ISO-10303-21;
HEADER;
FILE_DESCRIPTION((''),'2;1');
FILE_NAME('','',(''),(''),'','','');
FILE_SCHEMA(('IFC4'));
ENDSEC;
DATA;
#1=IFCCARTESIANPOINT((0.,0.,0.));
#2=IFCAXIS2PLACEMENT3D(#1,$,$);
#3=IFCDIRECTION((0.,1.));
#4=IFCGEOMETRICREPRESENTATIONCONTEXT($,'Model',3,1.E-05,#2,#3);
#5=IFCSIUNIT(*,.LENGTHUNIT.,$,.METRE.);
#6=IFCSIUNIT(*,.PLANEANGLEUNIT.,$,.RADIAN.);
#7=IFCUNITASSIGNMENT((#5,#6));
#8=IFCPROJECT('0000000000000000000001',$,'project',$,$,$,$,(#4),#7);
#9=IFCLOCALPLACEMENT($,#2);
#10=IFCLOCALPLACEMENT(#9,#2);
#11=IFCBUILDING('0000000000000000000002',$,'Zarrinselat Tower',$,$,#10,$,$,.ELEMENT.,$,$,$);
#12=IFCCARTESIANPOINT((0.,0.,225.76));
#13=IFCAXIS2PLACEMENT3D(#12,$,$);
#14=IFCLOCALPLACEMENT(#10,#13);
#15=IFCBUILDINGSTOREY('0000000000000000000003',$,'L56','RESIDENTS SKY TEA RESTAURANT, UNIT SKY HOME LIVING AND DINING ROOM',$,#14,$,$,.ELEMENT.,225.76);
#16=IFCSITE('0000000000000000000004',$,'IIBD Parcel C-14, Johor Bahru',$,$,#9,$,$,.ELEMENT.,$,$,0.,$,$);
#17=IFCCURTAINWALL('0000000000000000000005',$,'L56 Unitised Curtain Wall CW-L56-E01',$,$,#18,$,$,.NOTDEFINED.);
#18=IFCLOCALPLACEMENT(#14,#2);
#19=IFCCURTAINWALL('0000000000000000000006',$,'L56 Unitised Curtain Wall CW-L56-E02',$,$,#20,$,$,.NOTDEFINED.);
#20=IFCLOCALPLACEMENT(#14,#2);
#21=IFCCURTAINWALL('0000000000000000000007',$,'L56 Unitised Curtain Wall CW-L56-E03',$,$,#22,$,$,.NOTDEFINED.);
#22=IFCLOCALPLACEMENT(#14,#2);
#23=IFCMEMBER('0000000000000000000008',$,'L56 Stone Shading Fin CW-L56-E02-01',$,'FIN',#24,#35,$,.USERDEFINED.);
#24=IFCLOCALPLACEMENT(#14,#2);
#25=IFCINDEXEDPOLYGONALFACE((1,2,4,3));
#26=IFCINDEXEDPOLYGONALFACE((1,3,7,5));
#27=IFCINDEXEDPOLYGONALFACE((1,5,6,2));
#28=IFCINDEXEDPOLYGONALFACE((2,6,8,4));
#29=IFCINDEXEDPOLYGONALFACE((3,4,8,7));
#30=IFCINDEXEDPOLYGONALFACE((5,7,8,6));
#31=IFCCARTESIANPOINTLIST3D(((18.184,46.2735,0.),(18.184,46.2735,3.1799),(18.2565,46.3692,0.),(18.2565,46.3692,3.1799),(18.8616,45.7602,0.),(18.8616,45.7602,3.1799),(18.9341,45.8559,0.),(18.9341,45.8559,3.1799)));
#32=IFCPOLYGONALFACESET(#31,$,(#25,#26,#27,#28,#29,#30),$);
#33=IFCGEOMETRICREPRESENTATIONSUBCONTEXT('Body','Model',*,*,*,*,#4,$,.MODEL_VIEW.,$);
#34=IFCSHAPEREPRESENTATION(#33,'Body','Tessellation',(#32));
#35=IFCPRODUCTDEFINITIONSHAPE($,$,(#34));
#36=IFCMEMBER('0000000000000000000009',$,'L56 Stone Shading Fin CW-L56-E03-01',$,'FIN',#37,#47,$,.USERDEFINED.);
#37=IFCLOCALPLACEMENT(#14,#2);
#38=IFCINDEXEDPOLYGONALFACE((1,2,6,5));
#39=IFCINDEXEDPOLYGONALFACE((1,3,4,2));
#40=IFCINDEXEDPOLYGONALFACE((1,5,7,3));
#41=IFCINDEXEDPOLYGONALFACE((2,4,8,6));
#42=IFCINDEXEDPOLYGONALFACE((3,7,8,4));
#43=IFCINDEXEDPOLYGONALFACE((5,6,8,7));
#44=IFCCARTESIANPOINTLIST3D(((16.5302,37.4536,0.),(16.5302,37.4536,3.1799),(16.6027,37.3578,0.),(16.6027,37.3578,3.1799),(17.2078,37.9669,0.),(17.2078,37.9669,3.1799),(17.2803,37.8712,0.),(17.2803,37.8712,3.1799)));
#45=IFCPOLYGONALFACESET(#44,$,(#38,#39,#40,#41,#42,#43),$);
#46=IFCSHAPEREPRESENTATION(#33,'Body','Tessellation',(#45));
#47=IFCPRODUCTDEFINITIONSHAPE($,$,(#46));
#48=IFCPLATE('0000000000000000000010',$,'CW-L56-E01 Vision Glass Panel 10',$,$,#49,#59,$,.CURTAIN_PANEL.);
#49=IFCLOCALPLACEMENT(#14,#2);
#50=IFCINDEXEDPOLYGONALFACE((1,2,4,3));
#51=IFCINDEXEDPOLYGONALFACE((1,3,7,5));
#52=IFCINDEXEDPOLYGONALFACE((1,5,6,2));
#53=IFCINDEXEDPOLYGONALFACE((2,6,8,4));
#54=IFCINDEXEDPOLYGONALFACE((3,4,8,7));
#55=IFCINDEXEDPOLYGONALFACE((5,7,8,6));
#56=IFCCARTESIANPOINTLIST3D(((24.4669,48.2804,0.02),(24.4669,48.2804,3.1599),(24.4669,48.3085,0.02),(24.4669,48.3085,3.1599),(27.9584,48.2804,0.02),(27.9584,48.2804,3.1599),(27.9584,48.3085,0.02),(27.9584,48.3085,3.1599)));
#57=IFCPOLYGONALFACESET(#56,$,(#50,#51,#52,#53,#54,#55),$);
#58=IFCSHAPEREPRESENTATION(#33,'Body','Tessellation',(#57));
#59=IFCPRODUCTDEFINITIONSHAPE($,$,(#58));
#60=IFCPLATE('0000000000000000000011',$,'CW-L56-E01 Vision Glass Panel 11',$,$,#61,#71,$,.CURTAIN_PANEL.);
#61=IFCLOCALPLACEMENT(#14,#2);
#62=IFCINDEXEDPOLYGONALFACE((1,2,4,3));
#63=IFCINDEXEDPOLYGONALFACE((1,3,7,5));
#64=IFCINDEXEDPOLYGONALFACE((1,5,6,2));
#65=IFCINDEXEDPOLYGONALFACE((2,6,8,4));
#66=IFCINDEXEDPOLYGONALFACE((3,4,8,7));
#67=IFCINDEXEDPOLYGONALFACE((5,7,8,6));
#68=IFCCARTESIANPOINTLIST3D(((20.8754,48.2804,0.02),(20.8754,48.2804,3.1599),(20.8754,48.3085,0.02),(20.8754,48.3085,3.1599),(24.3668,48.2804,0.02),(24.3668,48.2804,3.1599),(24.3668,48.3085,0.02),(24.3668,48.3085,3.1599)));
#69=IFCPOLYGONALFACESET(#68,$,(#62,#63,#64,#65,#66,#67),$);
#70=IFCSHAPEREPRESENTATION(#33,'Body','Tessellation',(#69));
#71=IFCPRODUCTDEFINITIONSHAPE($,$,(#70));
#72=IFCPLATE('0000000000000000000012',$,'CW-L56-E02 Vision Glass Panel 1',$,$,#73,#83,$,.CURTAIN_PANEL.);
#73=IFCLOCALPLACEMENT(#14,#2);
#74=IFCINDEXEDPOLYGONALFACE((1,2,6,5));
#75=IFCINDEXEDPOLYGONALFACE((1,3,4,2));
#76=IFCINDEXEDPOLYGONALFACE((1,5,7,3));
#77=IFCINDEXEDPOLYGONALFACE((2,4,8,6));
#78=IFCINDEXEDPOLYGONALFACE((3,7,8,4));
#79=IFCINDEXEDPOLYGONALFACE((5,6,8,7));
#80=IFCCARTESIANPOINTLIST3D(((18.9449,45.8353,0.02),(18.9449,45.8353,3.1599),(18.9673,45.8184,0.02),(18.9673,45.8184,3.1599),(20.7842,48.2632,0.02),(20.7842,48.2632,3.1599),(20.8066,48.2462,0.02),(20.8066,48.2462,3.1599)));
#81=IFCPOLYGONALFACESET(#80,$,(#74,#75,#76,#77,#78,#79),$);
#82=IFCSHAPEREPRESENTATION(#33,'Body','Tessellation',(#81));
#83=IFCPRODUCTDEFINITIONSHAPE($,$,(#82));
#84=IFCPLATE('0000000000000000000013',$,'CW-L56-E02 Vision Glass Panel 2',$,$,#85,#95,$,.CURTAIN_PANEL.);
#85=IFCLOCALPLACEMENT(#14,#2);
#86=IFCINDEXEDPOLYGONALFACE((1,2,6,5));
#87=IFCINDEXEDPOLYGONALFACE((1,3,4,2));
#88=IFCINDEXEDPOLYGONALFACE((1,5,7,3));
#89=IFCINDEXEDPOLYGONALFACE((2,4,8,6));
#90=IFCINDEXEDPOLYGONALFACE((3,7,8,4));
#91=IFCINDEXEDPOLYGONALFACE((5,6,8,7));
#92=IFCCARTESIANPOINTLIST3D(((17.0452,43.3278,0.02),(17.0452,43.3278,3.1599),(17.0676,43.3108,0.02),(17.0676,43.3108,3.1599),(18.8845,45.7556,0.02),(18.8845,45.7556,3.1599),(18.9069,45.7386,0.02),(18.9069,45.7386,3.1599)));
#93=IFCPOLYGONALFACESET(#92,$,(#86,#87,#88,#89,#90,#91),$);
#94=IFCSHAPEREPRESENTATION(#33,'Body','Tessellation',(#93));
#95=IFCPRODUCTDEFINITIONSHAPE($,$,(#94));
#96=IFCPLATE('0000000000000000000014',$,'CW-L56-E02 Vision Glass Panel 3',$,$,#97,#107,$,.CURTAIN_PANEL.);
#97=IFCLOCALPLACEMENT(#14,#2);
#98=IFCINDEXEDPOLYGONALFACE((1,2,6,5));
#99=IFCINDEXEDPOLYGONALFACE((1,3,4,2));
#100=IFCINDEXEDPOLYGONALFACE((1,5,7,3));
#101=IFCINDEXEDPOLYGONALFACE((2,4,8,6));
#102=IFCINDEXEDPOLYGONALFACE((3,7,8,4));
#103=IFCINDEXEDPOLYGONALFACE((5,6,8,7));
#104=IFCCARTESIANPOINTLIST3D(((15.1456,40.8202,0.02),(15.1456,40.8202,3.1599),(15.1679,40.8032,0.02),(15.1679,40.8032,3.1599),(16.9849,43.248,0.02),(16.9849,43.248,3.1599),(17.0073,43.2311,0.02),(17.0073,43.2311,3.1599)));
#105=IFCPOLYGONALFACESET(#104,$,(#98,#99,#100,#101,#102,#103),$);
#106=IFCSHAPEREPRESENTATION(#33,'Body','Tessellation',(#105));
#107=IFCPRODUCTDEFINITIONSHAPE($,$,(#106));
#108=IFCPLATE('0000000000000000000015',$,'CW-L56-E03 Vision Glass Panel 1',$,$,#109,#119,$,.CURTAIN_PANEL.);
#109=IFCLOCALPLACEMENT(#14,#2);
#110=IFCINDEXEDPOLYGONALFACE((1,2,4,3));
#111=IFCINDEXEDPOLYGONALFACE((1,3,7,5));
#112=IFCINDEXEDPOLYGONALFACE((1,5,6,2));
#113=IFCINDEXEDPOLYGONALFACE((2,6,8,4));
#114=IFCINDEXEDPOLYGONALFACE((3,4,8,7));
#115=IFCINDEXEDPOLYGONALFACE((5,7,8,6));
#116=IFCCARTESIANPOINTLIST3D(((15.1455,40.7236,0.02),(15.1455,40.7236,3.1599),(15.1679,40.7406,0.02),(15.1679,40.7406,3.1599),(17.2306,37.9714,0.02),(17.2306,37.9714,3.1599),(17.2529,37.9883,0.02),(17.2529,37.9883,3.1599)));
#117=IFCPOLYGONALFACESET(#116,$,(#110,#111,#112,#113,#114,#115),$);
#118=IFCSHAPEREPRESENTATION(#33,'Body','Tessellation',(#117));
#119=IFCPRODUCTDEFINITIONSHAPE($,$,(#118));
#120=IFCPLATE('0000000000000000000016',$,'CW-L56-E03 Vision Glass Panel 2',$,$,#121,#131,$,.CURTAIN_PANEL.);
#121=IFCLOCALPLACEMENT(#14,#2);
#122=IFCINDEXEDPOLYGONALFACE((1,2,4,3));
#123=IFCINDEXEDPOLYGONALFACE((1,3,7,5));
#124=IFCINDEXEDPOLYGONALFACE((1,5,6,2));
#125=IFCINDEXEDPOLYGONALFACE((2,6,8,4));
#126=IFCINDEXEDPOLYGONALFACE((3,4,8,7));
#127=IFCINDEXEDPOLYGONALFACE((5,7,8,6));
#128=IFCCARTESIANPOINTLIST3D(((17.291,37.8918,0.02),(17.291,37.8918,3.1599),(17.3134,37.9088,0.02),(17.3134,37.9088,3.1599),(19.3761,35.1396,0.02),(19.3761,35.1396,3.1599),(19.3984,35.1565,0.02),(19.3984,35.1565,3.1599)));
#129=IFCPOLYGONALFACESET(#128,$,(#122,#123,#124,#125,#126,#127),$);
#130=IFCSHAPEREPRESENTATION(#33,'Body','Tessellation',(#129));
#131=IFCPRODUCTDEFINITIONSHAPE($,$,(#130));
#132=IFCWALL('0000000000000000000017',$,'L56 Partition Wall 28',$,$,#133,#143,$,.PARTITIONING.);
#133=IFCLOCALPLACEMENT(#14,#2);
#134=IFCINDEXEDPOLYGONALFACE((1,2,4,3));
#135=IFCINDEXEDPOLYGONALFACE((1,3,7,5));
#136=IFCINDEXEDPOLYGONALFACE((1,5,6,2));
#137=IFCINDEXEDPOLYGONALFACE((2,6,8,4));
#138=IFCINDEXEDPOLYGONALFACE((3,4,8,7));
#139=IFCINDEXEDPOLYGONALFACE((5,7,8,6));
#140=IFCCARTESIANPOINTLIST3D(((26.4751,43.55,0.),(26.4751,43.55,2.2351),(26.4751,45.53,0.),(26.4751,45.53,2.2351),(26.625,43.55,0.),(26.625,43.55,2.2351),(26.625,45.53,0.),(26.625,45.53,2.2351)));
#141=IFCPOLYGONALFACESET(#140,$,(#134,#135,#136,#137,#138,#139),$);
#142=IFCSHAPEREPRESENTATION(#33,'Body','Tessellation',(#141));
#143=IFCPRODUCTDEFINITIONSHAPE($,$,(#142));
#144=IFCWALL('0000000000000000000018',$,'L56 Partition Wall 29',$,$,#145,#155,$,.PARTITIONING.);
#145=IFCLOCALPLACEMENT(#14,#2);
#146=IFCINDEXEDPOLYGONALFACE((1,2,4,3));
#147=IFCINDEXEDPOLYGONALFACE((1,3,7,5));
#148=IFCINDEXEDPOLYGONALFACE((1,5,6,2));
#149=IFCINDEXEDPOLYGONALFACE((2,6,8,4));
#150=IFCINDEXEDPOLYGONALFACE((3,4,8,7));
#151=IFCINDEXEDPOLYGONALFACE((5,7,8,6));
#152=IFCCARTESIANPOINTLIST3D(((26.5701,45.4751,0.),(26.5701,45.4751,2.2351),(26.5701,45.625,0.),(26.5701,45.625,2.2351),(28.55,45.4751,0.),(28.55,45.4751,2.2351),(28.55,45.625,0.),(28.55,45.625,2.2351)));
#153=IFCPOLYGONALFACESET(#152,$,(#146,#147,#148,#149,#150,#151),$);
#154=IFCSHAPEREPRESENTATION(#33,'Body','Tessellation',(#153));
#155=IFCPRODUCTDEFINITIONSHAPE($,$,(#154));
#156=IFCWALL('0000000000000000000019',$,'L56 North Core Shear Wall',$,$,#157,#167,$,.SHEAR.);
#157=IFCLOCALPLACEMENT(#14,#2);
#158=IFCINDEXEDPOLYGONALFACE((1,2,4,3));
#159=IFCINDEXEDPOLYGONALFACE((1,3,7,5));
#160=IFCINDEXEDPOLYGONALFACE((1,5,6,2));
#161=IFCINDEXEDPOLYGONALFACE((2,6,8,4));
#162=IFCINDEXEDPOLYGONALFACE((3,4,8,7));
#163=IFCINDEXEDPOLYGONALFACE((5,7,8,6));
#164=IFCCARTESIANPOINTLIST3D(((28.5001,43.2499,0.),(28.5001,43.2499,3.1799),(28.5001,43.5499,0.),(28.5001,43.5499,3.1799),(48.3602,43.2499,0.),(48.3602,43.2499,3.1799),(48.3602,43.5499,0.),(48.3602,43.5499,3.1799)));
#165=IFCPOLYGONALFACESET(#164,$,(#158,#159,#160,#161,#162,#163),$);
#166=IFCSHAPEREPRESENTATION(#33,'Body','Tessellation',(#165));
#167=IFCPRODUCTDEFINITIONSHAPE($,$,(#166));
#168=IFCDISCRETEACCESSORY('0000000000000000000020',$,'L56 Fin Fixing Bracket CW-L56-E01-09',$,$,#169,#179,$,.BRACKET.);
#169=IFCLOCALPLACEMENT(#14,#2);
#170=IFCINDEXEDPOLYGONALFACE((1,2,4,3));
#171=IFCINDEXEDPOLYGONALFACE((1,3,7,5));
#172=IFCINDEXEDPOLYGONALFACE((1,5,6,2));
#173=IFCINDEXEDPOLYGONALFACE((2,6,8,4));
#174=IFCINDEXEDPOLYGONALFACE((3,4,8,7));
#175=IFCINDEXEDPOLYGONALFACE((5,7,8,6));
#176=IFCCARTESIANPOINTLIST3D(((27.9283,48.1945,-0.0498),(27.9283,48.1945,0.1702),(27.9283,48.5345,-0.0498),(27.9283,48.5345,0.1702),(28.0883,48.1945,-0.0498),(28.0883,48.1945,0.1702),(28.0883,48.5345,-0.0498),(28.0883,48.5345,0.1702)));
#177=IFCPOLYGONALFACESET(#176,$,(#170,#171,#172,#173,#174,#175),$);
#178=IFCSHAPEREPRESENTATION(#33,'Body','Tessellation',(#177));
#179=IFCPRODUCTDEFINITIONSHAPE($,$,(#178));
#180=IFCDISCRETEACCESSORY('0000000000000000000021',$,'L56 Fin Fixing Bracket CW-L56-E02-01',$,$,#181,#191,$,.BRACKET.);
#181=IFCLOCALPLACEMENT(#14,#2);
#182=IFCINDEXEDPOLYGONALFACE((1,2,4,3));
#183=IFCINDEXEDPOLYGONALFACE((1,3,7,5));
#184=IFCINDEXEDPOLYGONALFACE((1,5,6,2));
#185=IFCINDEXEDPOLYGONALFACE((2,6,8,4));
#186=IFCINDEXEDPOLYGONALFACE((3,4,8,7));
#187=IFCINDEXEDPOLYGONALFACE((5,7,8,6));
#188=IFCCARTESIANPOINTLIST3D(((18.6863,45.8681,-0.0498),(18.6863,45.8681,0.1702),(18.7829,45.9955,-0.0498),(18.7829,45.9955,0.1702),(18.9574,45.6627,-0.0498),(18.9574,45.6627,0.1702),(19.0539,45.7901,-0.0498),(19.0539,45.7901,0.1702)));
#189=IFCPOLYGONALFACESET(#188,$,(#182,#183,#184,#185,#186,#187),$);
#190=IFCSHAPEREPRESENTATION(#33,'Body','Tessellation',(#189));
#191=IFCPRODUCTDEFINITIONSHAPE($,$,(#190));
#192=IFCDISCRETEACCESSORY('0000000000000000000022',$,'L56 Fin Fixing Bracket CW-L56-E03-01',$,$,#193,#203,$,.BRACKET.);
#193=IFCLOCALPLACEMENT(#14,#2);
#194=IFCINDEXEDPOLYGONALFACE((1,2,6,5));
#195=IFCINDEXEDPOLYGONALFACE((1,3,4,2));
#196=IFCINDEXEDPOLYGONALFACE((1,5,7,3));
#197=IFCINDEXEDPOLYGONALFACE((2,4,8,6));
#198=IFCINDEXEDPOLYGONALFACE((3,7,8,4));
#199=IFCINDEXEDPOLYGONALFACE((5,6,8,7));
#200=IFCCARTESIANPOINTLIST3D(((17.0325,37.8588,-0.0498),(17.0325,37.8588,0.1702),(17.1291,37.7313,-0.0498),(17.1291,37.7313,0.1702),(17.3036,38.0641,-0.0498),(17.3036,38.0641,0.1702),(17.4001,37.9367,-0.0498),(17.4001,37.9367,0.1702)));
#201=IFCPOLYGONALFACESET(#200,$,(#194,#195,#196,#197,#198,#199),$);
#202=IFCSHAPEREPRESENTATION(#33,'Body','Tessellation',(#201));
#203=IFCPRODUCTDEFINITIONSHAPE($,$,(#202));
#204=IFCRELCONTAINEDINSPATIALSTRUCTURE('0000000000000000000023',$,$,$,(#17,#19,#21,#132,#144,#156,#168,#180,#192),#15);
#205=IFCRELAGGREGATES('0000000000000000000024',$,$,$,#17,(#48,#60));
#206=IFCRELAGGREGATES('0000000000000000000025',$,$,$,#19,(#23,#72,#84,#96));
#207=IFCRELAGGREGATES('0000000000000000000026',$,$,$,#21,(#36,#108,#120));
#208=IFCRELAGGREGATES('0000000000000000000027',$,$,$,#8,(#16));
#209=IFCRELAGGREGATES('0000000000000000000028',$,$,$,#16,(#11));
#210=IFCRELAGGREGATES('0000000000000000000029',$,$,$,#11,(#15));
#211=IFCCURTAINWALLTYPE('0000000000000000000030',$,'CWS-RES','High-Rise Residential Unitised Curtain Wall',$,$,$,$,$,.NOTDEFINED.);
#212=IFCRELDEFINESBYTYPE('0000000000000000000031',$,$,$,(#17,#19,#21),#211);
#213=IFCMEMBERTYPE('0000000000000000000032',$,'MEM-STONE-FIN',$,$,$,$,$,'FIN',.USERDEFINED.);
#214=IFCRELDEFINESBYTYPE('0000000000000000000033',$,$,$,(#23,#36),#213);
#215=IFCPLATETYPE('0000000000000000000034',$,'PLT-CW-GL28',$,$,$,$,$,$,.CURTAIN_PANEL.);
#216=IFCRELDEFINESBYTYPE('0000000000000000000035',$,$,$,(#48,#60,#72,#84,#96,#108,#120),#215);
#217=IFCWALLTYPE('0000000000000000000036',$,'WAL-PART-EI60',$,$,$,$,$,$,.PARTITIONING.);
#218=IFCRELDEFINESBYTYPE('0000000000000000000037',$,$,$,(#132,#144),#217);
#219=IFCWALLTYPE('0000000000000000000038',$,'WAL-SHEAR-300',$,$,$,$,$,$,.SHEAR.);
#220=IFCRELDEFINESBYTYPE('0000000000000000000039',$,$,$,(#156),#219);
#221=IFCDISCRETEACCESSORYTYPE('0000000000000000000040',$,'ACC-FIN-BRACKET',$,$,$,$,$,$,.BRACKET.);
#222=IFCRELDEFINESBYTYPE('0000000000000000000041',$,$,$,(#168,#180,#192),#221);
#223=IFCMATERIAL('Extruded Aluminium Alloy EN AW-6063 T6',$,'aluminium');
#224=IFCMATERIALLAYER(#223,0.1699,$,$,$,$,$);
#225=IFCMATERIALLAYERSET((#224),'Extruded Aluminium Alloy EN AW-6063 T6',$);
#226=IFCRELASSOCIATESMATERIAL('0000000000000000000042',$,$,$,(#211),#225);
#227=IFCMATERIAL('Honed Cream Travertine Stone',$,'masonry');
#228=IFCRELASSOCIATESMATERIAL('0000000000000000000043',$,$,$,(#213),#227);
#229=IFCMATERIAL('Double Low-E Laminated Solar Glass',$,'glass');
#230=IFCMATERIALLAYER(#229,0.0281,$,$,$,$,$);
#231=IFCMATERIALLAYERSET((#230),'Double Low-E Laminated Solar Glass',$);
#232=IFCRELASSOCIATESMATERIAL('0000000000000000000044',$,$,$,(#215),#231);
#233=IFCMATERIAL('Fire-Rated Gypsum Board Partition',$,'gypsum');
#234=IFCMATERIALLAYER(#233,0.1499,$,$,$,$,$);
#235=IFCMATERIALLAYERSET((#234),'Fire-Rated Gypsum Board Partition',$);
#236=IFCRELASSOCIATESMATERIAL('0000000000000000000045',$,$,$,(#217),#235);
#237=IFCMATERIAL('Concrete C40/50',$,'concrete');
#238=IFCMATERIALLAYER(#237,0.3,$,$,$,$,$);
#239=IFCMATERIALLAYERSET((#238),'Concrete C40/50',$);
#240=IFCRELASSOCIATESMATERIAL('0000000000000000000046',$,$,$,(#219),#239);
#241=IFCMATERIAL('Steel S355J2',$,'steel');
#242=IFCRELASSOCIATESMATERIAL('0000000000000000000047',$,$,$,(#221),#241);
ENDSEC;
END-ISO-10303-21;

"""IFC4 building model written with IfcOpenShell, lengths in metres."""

from ifc_helpers import new_model, si_unit, direction, frame, frame_2d, origin, origin_2d, place, context, subcontext, project, spatial, rectangle, extrude, material, layer, layer_set, material_profile, profile_set, type_object, element, aggregate, save


model = new_model("IFC4")

# Units and contexts
model_context = context("Model", 3, precision=1e-05, world=origin(), true_north=direction((0.0, 1.0)))
body_context = subcontext(model_context, "Body", "Model", "MODEL_VIEW")
ifc_project = project(units=[si_unit("LENGTHUNIT", "METRE"), si_unit("PLANEANGLEUNIT", "RADIAN")], contexts=[model_context])

# Site, building, storey
site_placement = place(None, origin())
site = spatial("IfcSite", under=ifc_project, at=site_placement, Name="IIBD Parcel C-14, Johor Bahru", CompositionType="ELEMENT", RefElevation=0.0)
building_placement = place(site_placement, origin())
building = spatial("IfcBuilding", under=site, at=building_placement, Name="Zarrinselat Tower", CompositionType="ELEMENT")
storey_placement = place(building_placement, frame((0.0, 0.0, 225.76)))
storey = spatial("IfcBuildingStorey", under=building, at=storey_placement, Name="L56", Description="RESIDENTS SKY TEA RESTAURANT, UNIT SKY HOME LIVING AND DINING ROOM", CompositionType="ELEMENT", Elevation=225.76)

# Curtain walls
ifc_material_1 = material(Name="Extruded Aluminium Alloy EN AW-6063 T6", Category="aluminium")
ifc_layer_1 = layer(ifc_material_1, 0.1699)
ifc_layer_set_1 = layer_set([ifc_layer_1], Name="Extruded Aluminium Alloy EN AW-6063 T6")
curtain_wall_type = type_object("IfcCurtainWallType", Name="CWS-RES", Description="High-Rise Residential Unitised Curtain Wall", PredefinedType="NOTDEFINED", material=ifc_layer_set_1)
curtain_wall_1_placement = place(storey_placement, origin())
curtain_wall_1 = element("IfcCurtainWall", 1, at=curtain_wall_1_placement, inside=storey, type_object=curtain_wall_type, Name="L56 Unitised Curtain Wall CW-L56-E01", PredefinedType="NOTDEFINED")
curtain_wall_2_placement = place(storey_placement, origin())
curtain_wall_2 = element("IfcCurtainWall", 2, at=curtain_wall_2_placement, inside=storey, type_object=curtain_wall_type, Name="L56 Unitised Curtain Wall CW-L56-E02", PredefinedType="NOTDEFINED")
curtain_wall_3_placement = place(storey_placement, origin())
curtain_wall_3 = element("IfcCurtainWall", 3, at=curtain_wall_3_placement, inside=storey, type_object=curtain_wall_type, Name="L56 Unitised Curtain Wall CW-L56-E03", PredefinedType="NOTDEFINED")

# Members
ifc_material_2 = material(Name="Honed Cream Travertine Stone", Category="masonry")
ifc_material_profile_1 = material_profile(ifc_material_2, rectangle(XDim=0.1201, YDim=0.8501, at=origin_2d()), Name="FIN 850x120")
ifc_profile_set_1 = profile_set([ifc_material_profile_1], Name="Honed Cream Travertine Stone")
member_type_1 = type_object("IfcMemberType", Name="MEM-STONE-FIN", ElementType="FIN", PredefinedType="USERDEFINED", material=ifc_profile_set_1)
member_1_placement = place(storey_placement, frame((18.5591, 46.0647, 0.0), z_axis=(0.0, 0.0, 1.0), x_axis=(0.603865, 0.797086, 0.0)))
member_1 = element("IfcMember", 4, at=member_1_placement, type_object=member_type_1, Name="L56 Stone Shading Fin CW-L56-E02-01", ObjectType="FIN", PredefinedType="USERDEFINED", context=body_context, shape_type="SweptSolid", body=[
    extrude(rectangle(XDim=0.1201, YDim=0.8501, at=origin_2d()), origin(), (0.0, 0.0, 1.0), 3.1799),
])
member_2_placement = place(storey_placement, frame((16.9053, 37.6624, 0.0), z_axis=(0.0, 0.0, 1.0), x_axis=(-0.60386, 0.797091, 0.0)))
member_2 = element("IfcMember", 5, at=member_2_placement, type_object=member_type_1, Name="L56 Stone Shading Fin CW-L56-E03-01", ObjectType="FIN", PredefinedType="USERDEFINED", context=body_context, shape_type="SweptSolid", body=[
    extrude(rectangle(XDim=0.1201, YDim=0.8501, at=origin_2d()), origin(), (0.0, 0.0, 1.0), 3.1799),
])

# Plates
ifc_material_3 = material(Name="Double Low-E Laminated Solar Glass", Category="glass")
ifc_layer_2 = layer(ifc_material_3, 0.0281)
ifc_layer_set_2 = layer_set([ifc_layer_2], Name="Double Low-E Laminated Solar Glass")
plate_type = type_object("IfcPlateType", Name="PLT-CW-GL28", PredefinedType="CURTAIN_PANEL", material=ifc_layer_set_2)
plate_1_placement = place(storey_placement, frame((26.2126, 48.2944, 0.02), z_axis=(0.0, 0.0, 1.0), x_axis=(-1.0, 0.0, 0.0)))
plate_1 = element("IfcPlate", 6, at=plate_1_placement, type_object=plate_type, Name="CW-L56-E01 Vision Glass Panel 10", PredefinedType="CURTAIN_PANEL", context=body_context, shape_type="SweptSolid", body=[
    extrude(rectangle(XDim=3.4915, YDim=0.0281, at=origin_2d()), origin(), (0.0, 0.0, 1.0), 3.1399),
])
plate_2_placement = place(storey_placement, frame((22.6211, 48.2944, 0.02), z_axis=(0.0, 0.0, 1.0), x_axis=(-1.0, 0.0, 0.0)))
plate_2 = element("IfcPlate", 7, at=plate_2_placement, type_object=plate_type, Name="CW-L56-E01 Vision Glass Panel 11", PredefinedType="CURTAIN_PANEL", context=body_context, shape_type="SweptSolid", body=[
    extrude(rectangle(XDim=3.4915, YDim=0.0281, at=origin_2d()), origin(), (0.0, 0.0, 1.0), 3.1399),
])
aggregate(curtain_wall_1, [plate_1, plate_2])
plate_3_placement = place(storey_placement, frame((19.8757, 47.0408, 0.02), z_axis=(0.0, 0.0, 1.0), x_axis=(-0.603865, -0.797086, 0.0)))
plate_3 = element("IfcPlate", 8, at=plate_3_placement, type_object=plate_type, Name="CW-L56-E02 Vision Glass Panel 1", PredefinedType="CURTAIN_PANEL", context=body_context, shape_type="SweptSolid", body=[
    extrude(rectangle(XDim=3.0459, YDim=0.0281, at=origin_2d()), origin(), (0.0, 0.0, 1.0), 3.1399),
])
plate_4_placement = place(storey_placement, frame((17.9761, 44.5332, 0.02), z_axis=(0.0, 0.0, 1.0), x_axis=(-0.603865, -0.797086, 0.0)))
plate_4 = element("IfcPlate", 9, at=plate_4_placement, type_object=plate_type, Name="CW-L56-E02 Vision Glass Panel 2", PredefinedType="CURTAIN_PANEL", context=body_context, shape_type="SweptSolid", body=[
    extrude(rectangle(XDim=3.0459, YDim=0.0281, at=origin_2d()), origin(), (0.0, 0.0, 1.0), 3.1399),
])
plate_5_placement = place(storey_placement, frame((16.0764, 42.0256, 0.02), z_axis=(0.0, 0.0, 1.0), x_axis=(-0.603865, -0.797086, 0.0)))
plate_5 = element("IfcPlate", 10, at=plate_5_placement, type_object=plate_type, Name="CW-L56-E02 Vision Glass Panel 3", PredefinedType="CURTAIN_PANEL", context=body_context, shape_type="SweptSolid", body=[
    extrude(rectangle(XDim=3.0459, YDim=0.0281, at=origin_2d()), origin(), (0.0, 0.0, 1.0), 3.1399),
])
aggregate(curtain_wall_2, [member_1, plate_3, plate_4, plate_5])
plate_6_placement = place(storey_placement, frame((16.1992, 39.356, 0.02), z_axis=(0.0, 0.0, 1.0), x_axis=(0.60386, -0.797091, 0.0)))
plate_6 = element("IfcPlate", 11, at=plate_6_placement, type_object=plate_type, Name="CW-L56-E03 Vision Glass Panel 1", PredefinedType="CURTAIN_PANEL", context=body_context, shape_type="SweptSolid", body=[
    extrude(rectangle(XDim=3.4529, YDim=0.0281, at=origin_2d()), origin(), (0.0, 0.0, 1.0), 3.1399),
])
plate_7_placement = place(storey_placement, frame((18.3447, 36.5242, 0.02), z_axis=(0.0, 0.0, 1.0), x_axis=(0.60386, -0.797091, 0.0)))
plate_7 = element("IfcPlate", 12, at=plate_7_placement, type_object=plate_type, Name="CW-L56-E03 Vision Glass Panel 2", PredefinedType="CURTAIN_PANEL", context=body_context, shape_type="SweptSolid", body=[
    extrude(rectangle(XDim=3.4529, YDim=0.0281, at=origin_2d()), origin(), (0.0, 0.0, 1.0), 3.1399),
])
aggregate(curtain_wall_3, [member_2, plate_6, plate_7])

# Walls
ifc_material_4 = material(Name="Fire-Rated Gypsum Board Partition", Category="gypsum")
ifc_layer_3 = layer(ifc_material_4, 0.1499)
ifc_layer_set_3 = layer_set([ifc_layer_3], Name="Fire-Rated Gypsum Board Partition")
wall_type_1 = type_object("IfcWallType", Name="WAL-PART-EI60", PredefinedType="PARTITIONING", material=ifc_layer_set_3)
for number, where, z_axis, x_axis, name in (
    (13, (26.55, 43.55, 0.0), (0.0, 0.0, 1.0), (0.0, 1.0, 0.0), "L56 Partition Wall 28"),
    (14, (26.5701, 45.55, 0.0), (0.0, 0.0, 1.0), (1.0, 0.0, 0.0), "L56 Partition Wall 29"),
):
    element("IfcWall", number, at=place(storey_placement, frame(where, z_axis=z_axis, x_axis=x_axis)), inside=storey, type_object=wall_type_1, Name=name, PredefinedType="PARTITIONING", context=body_context, shape_type="SweptSolid", body=[
        extrude(rectangle(XDim=1.98, YDim=0.1499, at=frame_2d((0.99, 0.0))), origin(), (0.0, 0.0, 1.0), 2.2351),
    ])
ifc_material_5 = material(Name="Concrete C40/50", Category="concrete")
ifc_layer_4 = layer(ifc_material_5, 0.3)
ifc_layer_set_4 = layer_set([ifc_layer_4], Name="Concrete C40/50")
wall_type_2 = type_object("IfcWallType", Name="WAL-SHEAR-300", PredefinedType="SHEAR", material=ifc_layer_set_4)
wall_placement = place(storey_placement, frame((28.5, 43.3999, 0.0), z_axis=(0.0, 0.0, 1.0), x_axis=(1.0, 0.0, 0.0)))
element("IfcWall", 15, at=wall_placement, inside=storey, type_object=wall_type_2, Name="L56 North Core Shear Wall", PredefinedType="SHEAR", context=body_context, shape_type="SweptSolid", body=[
    extrude(rectangle(XDim=19.8601, YDim=0.3, at=frame_2d((9.9302, 0.0))), origin(), (0.0, 0.0, 1.0), 3.1799),
])

# Discrete accessories
ifc_material_6 = material(Name="Steel S355J2", Category="steel")
discrete_accessory_type = type_object("IfcDiscreteAccessoryType", Name="ACC-FIN-BRACKET", PredefinedType="BRACKET", material=ifc_material_6)
for number, where, z_axis, x_axis, name in (
    (16, (28.0083, 48.3645, -0.0498), (0.0, 0.0, 1.0), (0.0, 1.0, 0.0), "L56 Fin Fixing Bracket CW-L56-E01-09"),
    (17, (18.8701, 45.8291, -0.0498), (0.0, 0.0, 1.0), (-0.797086, 0.603865, 0.0), "L56 Fin Fixing Bracket CW-L56-E02-01"),
    (18, (17.2163, 37.8977, -0.0498), (0.0, 0.0, 1.0), (-0.797091, -0.60386, 0.0), "L56 Fin Fixing Bracket CW-L56-E03-01"),
):
    element("IfcDiscreteAccessory", number, at=place(storey_placement, frame(where, z_axis=z_axis, x_axis=x_axis)), inside=storey, type_object=discrete_accessory_type, Name=name, PredefinedType="BRACKET", context=body_context, shape_type="SweptSolid", body=[
        extrude(rectangle(XDim=0.3401, YDim=0.1599, at=origin_2d()), origin(), (0.0, 0.0, 1.0), 0.22),
    ])

save(model, "model.ifc")
